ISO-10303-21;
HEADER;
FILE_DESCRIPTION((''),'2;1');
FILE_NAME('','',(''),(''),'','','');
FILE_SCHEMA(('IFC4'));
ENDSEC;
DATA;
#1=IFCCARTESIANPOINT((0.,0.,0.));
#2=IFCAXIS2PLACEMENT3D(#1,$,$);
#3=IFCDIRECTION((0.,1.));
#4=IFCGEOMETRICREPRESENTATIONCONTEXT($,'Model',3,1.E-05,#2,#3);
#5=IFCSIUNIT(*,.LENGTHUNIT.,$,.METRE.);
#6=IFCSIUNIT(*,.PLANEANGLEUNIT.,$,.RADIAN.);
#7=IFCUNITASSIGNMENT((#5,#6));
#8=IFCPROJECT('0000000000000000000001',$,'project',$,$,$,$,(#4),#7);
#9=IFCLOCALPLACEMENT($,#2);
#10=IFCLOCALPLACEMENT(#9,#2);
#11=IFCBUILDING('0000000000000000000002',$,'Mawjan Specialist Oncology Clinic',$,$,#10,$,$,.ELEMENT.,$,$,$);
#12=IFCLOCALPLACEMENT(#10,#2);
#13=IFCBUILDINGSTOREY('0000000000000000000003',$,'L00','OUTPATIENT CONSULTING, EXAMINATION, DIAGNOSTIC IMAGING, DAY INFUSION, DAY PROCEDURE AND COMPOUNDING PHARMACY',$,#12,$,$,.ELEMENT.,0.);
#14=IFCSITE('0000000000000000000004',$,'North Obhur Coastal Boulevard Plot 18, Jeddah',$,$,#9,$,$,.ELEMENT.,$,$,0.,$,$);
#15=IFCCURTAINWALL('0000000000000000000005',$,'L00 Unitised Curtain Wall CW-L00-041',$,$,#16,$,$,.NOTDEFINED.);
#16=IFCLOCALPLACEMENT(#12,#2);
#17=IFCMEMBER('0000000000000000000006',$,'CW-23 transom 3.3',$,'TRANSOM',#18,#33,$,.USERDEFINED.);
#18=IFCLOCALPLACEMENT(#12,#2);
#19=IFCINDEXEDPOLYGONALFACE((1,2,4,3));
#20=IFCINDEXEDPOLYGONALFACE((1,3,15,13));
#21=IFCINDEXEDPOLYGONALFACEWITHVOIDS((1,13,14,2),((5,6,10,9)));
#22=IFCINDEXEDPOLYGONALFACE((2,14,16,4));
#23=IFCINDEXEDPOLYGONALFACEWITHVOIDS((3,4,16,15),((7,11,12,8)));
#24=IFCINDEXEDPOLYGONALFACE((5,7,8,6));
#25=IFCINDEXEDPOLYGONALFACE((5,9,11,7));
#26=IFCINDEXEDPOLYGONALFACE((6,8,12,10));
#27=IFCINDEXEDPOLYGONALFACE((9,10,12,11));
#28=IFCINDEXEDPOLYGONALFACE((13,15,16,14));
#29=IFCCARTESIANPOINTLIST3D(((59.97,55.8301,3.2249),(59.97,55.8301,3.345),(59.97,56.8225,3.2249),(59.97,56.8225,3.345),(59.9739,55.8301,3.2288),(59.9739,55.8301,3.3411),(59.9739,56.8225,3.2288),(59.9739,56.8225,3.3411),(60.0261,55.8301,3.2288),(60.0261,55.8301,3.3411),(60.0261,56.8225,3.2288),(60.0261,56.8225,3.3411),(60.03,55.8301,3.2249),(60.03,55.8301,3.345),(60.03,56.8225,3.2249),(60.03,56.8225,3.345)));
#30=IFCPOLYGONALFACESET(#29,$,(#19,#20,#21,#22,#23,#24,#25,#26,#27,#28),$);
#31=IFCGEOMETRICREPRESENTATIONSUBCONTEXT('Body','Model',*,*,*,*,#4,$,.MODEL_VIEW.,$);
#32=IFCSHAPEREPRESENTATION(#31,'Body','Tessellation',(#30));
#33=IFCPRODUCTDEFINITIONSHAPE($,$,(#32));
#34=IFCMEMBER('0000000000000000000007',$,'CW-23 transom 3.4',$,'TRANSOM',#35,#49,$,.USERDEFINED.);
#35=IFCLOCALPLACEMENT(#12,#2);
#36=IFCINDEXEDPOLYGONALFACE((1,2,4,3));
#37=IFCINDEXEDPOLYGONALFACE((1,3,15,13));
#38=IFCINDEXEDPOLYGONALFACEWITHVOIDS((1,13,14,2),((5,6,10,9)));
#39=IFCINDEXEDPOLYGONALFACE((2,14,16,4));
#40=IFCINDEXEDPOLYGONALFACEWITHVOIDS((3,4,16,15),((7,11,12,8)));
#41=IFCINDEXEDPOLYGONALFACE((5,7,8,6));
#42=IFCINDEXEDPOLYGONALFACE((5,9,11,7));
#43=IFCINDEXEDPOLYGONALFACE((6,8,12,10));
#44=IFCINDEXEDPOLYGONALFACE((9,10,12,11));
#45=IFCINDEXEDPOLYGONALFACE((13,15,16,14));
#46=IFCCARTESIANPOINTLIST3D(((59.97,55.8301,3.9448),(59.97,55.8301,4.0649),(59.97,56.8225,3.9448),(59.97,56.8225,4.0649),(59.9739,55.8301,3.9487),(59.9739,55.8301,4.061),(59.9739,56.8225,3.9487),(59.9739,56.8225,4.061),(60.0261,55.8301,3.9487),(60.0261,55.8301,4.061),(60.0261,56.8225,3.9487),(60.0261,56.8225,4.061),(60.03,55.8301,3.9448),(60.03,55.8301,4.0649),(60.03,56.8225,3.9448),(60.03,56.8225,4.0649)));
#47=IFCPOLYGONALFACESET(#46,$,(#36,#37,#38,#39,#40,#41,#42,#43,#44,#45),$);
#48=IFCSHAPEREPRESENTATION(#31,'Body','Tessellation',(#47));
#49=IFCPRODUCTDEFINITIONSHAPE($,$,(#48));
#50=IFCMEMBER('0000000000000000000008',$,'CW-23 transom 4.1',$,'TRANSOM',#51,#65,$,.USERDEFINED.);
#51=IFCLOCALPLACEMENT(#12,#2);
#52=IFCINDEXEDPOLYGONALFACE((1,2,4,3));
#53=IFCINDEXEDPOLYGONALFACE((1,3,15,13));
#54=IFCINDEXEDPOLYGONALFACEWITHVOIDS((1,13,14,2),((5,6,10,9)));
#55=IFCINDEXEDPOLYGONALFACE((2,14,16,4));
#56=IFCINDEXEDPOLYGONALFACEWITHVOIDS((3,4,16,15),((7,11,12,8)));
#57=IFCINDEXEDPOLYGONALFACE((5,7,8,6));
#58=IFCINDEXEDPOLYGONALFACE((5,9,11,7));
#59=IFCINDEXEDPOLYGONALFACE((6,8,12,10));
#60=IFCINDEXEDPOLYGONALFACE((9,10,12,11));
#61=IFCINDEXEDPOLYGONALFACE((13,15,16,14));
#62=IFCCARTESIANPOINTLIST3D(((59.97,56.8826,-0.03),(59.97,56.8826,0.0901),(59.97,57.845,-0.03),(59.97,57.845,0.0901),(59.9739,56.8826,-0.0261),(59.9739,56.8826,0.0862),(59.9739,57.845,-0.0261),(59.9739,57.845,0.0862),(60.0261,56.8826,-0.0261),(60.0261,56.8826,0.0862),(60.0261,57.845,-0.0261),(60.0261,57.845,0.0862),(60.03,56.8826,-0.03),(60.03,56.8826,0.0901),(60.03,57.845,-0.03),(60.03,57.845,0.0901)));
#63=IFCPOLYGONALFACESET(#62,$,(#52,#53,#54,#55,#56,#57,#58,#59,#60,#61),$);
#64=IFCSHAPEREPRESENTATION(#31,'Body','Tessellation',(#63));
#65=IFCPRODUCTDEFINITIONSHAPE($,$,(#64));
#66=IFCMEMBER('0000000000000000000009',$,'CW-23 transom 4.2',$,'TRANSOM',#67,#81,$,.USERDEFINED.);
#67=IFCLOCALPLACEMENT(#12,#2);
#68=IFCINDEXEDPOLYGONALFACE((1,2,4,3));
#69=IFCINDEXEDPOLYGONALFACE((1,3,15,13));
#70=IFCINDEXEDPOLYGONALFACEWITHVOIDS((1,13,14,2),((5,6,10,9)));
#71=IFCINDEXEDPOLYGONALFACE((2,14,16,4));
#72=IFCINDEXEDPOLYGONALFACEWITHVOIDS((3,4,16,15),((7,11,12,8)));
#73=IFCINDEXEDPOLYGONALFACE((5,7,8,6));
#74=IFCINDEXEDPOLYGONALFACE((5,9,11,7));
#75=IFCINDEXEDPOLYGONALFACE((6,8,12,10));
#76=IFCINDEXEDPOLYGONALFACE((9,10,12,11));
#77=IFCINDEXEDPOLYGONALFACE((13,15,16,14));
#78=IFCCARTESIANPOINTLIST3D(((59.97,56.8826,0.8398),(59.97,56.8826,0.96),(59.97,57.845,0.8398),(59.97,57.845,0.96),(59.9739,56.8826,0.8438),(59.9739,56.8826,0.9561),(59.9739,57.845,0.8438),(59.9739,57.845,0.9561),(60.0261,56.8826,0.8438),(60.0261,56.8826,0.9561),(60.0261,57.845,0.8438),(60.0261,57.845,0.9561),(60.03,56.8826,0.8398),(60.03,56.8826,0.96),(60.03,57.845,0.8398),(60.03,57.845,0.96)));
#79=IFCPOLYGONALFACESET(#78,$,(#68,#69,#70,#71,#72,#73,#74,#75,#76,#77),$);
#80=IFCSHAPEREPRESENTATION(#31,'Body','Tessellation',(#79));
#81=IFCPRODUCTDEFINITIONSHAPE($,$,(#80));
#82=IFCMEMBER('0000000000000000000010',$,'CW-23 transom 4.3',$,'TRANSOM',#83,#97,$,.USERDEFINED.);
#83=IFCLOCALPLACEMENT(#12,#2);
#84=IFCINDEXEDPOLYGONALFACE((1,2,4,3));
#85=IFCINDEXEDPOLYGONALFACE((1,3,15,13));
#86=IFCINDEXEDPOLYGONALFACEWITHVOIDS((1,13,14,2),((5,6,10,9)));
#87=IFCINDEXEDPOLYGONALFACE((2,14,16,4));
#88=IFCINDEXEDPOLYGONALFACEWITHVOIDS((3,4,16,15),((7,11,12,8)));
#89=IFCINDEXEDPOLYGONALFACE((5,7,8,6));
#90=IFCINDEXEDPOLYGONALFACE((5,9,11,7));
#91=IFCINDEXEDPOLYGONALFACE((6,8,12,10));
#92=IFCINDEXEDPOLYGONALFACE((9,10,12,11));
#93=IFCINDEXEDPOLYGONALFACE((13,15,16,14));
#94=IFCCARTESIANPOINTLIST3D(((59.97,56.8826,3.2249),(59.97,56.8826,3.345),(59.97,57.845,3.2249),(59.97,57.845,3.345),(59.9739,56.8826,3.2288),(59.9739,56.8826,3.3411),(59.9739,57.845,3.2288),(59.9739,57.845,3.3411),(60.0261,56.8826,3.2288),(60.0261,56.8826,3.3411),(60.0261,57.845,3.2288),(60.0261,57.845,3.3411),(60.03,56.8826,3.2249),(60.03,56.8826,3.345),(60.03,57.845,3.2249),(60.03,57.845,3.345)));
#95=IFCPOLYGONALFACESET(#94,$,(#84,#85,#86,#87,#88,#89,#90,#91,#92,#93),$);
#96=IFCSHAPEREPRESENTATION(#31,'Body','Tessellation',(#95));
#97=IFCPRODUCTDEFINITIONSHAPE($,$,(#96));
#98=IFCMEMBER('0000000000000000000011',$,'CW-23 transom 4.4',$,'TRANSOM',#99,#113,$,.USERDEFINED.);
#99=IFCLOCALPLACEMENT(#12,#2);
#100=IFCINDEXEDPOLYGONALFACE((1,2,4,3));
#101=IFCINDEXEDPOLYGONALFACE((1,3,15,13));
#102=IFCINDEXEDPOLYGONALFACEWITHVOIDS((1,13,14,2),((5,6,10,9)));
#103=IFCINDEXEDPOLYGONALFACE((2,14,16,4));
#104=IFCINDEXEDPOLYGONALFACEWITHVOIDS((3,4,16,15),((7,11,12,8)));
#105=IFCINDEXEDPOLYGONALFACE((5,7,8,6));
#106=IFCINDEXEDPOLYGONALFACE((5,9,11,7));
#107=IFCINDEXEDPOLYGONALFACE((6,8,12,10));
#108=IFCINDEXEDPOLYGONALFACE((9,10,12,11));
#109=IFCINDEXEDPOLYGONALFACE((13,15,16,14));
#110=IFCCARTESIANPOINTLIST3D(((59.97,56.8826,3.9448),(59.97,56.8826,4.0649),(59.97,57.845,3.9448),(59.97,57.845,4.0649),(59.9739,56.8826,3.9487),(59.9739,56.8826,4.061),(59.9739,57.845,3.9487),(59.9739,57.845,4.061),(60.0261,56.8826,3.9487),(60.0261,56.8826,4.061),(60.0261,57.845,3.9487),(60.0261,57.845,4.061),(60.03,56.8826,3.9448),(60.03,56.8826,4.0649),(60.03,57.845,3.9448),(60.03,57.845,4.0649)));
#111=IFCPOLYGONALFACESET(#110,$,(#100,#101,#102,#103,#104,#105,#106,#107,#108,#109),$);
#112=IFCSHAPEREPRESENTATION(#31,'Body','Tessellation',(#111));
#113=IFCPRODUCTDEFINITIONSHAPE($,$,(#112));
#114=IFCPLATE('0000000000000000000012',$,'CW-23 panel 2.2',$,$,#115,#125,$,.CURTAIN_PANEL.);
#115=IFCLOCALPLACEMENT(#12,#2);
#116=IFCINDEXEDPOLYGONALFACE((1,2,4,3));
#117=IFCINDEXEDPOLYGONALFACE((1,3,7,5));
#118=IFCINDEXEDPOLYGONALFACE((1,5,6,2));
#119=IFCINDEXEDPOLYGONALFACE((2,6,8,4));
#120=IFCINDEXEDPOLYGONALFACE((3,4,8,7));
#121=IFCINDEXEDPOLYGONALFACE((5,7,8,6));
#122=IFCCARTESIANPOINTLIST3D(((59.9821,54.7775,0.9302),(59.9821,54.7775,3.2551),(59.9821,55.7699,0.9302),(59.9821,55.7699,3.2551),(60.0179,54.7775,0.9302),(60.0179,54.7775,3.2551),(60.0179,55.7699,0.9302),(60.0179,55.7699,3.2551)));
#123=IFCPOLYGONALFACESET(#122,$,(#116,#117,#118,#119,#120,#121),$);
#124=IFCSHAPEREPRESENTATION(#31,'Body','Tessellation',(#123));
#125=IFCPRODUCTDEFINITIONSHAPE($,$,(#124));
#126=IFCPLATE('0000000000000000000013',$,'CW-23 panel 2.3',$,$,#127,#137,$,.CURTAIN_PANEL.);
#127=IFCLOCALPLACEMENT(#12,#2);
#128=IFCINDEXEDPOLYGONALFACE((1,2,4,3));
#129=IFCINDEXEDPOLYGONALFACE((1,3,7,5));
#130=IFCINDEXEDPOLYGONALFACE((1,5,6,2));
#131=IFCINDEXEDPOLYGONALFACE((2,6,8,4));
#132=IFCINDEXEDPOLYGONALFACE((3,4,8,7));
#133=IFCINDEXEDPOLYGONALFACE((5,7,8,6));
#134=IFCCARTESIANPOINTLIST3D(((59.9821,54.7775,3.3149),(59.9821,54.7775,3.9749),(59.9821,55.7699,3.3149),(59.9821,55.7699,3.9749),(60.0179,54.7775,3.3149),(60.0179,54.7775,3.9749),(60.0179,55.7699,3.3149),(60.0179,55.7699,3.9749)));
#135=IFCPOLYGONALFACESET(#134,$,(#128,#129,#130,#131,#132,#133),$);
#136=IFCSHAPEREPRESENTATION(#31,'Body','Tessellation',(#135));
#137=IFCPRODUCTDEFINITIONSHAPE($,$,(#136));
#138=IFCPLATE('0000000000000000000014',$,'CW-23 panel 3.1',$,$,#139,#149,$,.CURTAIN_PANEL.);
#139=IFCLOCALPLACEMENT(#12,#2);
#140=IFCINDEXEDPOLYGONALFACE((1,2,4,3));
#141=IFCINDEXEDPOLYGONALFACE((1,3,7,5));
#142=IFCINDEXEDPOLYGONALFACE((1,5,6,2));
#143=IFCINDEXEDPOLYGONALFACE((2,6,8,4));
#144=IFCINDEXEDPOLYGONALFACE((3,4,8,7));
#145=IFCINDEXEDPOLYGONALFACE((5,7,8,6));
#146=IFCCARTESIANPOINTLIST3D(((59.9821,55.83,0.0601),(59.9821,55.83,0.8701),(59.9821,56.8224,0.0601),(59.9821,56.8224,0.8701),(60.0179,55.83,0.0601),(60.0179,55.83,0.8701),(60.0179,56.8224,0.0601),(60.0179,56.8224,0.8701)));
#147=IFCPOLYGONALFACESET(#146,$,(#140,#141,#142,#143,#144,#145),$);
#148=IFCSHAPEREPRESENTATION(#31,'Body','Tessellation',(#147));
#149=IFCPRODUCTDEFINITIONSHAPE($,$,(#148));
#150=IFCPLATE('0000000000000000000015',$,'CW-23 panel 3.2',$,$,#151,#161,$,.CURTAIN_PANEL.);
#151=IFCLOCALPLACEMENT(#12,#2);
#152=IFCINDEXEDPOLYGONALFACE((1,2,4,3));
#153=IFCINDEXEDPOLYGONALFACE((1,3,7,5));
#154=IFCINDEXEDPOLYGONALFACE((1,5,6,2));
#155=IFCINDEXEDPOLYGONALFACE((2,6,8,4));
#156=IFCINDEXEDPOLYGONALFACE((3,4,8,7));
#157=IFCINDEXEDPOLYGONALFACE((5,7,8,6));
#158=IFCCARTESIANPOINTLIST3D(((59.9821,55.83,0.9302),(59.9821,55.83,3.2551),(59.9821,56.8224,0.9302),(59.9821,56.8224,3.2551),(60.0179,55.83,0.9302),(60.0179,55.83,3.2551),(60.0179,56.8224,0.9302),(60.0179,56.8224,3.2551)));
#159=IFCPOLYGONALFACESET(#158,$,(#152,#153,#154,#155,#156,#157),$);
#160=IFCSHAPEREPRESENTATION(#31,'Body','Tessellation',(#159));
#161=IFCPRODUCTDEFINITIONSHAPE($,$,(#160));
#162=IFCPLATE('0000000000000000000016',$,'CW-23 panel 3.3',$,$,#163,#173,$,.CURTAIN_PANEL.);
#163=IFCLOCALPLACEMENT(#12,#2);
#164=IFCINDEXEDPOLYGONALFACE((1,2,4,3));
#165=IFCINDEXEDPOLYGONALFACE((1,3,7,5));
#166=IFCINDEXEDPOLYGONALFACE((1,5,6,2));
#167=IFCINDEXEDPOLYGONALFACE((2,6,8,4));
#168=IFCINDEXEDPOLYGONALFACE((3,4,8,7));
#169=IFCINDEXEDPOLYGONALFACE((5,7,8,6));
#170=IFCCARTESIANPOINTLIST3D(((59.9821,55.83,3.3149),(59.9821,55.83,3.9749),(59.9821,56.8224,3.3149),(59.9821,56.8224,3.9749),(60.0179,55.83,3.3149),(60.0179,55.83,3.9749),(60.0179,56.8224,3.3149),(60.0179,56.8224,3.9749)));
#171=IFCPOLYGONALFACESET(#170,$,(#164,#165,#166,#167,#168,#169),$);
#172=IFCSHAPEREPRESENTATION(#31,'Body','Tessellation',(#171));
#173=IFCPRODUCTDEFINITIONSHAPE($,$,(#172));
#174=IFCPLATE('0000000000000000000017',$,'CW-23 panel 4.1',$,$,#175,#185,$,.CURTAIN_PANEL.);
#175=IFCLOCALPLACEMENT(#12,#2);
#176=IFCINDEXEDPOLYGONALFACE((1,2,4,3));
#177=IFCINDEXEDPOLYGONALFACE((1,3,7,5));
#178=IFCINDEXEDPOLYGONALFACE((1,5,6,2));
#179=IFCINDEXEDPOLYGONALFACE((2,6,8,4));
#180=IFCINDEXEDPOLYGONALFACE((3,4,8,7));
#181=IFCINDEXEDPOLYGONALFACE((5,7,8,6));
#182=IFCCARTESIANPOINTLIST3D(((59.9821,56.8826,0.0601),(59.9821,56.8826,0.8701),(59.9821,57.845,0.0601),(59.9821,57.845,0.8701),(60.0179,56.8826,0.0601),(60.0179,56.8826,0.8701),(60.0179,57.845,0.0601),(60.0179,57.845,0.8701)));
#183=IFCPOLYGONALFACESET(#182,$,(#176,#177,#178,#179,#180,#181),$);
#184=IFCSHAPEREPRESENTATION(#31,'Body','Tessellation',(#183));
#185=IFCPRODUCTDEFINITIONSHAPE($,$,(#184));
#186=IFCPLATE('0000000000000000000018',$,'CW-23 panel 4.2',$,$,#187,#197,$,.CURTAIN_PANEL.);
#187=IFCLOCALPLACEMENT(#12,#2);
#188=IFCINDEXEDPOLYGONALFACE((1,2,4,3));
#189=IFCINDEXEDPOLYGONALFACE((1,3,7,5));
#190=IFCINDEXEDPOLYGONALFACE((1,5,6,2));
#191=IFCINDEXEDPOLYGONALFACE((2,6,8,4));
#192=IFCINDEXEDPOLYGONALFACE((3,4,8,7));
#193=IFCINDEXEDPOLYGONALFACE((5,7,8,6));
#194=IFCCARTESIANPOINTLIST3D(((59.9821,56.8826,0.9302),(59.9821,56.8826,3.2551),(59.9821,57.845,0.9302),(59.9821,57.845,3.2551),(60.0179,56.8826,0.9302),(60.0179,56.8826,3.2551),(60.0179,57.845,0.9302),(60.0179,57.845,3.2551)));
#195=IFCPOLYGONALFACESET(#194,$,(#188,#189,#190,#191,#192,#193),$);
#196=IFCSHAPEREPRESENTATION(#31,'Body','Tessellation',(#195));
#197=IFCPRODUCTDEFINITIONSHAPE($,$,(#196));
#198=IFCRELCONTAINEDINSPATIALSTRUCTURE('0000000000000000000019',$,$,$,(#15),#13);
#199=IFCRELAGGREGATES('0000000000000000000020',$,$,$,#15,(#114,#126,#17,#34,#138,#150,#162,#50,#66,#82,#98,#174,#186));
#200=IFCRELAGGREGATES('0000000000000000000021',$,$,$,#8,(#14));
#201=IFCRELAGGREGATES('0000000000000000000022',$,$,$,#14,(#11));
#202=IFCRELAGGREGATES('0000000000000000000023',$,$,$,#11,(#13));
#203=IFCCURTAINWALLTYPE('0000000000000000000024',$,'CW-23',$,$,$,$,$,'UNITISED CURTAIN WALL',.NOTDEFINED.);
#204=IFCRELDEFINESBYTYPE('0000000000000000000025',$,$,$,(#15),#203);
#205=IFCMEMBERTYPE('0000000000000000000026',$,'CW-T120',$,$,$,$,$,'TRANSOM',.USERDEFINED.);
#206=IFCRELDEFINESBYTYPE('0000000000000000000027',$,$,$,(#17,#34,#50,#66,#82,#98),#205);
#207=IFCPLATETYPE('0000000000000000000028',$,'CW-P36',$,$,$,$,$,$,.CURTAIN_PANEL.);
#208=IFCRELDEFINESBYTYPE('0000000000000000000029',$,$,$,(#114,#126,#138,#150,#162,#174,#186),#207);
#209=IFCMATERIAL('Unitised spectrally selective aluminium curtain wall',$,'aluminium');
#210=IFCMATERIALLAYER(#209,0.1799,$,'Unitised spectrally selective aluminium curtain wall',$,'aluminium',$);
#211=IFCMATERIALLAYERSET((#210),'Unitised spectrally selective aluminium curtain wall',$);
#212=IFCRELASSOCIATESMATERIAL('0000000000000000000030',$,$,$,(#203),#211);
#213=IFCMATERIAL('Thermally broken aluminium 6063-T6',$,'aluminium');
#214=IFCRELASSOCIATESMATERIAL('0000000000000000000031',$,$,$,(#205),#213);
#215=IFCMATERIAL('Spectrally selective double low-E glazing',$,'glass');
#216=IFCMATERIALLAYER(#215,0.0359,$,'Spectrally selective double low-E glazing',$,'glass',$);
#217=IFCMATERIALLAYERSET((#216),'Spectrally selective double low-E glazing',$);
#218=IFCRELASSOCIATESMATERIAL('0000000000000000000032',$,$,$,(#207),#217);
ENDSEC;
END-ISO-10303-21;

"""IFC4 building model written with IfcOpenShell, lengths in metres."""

from ifc_helpers import new_model, si_unit, direction, frame, origin, origin_2d, place, context, subcontext, project, spatial, rectangle, hollow_rectangle, extrude, material, layer, layer_set, material_profile, profile_set, type_object, element, aggregate, save


model = new_model("IFC4")

# Units and contexts
model_context = context("Model", 3, precision=1e-05, world=origin(), true_north=direction((0.0, 1.0)))
body_context = subcontext(model_context, "Body", "Model", "MODEL_VIEW")
ifc_project = project(units=[si_unit("LENGTHUNIT", "METRE"), si_unit("PLANEANGLEUNIT", "RADIAN")], contexts=[model_context])

# Site, building, storey
site_placement = place(None, origin())
site = spatial("IfcSite", under=ifc_project, at=site_placement, Name="North Obhur Coastal Boulevard Plot 18, Jeddah", CompositionType="ELEMENT", RefElevation=0.0)
building_placement = place(site_placement, origin())
building = spatial("IfcBuilding", under=site, at=building_placement, Name="Mawjan Specialist Oncology Clinic", CompositionType="ELEMENT")
storey_placement = place(building_placement, origin())
storey = spatial("IfcBuildingStorey", under=building, at=storey_placement, Name="L00", Description="OUTPATIENT CONSULTING, EXAMINATION, DIAGNOSTIC IMAGING, DAY INFUSION, DAY PROCEDURE AND COMPOUNDING PHARMACY", CompositionType="ELEMENT", Elevation=0.0)

# Curtain wall, members, plates
ifc_material_1 = material(Name="Unitised spectrally selective aluminium curtain wall", Category="aluminium")
ifc_layer_1 = layer(ifc_material_1, 0.1799, Name="Unitised spectrally selective aluminium curtain wall", Category="aluminium")
ifc_layer_set_1 = layer_set([ifc_layer_1], Name="Unitised spectrally selective aluminium curtain wall")
curtain_wall_type = type_object("IfcCurtainWallType", Name="CW-23", ElementType="UNITISED CURTAIN WALL", PredefinedType="NOTDEFINED", material=ifc_layer_set_1)
curtain_wall_placement = place(storey_placement, origin())
curtain_wall = element("IfcCurtainWall", 1, at=curtain_wall_placement, inside=storey, type_object=curtain_wall_type, Name="L00 Unitised Curtain Wall CW-L00-041", PredefinedType="NOTDEFINED")
ifc_material_2 = material(Name="Thermally broken aluminium 6063-T6", Category="aluminium")
ifc_material_profile_1 = material_profile(ifc_material_2, hollow_rectangle(XDim=0.0601, YDim=0.1201, WallThickness=0.0039, at=origin_2d()), Name="ALU TRANSOM 120x60x4", Category="aluminium")
ifc_profile_set_1 = profile_set([ifc_material_profile_1], Name="Thermally broken aluminium 6063-T6")
member_type_1 = type_object("IfcMemberType", Name="CW-T120", ElementType="TRANSOM", PredefinedType="USERDEFINED", material=ifc_profile_set_1)
member_1_placement = place(storey_placement, frame((60.0, 55.8301, 3.2849), z_axis=(0.0, 1.0, 0.0), x_axis=(-1.0, 0.0, 0.0)))
member_1 = element("IfcMember", 2, at=member_1_placement, type_object=member_type_1, Name="CW-23 transom 3.3", ObjectType="TRANSOM", PredefinedType="USERDEFINED", context=body_context, shape_type="SweptSolid", body=[
    extrude(hollow_rectangle(XDim=0.0601, YDim=0.1201, WallThickness=0.0039, at=origin_2d()), origin(), (0.0, 0.0, 1.0), 0.9924),
])
member_2_placement = place(storey_placement, frame((60.0, 55.8301, 4.0049), z_axis=(0.0, 1.0, 0.0), x_axis=(-1.0, 0.0, 0.0)))
member_2 = element("IfcMember", 3, at=member_2_placement, type_object=member_type_1, Name="CW-23 transom 3.4", ObjectType="TRANSOM", PredefinedType="USERDEFINED", context=body_context, shape_type="SweptSolid", body=[
    extrude(hollow_rectangle(XDim=0.0601, YDim=0.1201, WallThickness=0.0039, at=origin_2d()), origin(), (0.0, 0.0, 1.0), 0.9924),
])
member_3_placement = place(storey_placement, frame((60.0, 56.8826, 0.03), z_axis=(0.0, 1.0, 0.0), x_axis=(-1.0, 0.0, 0.0)))
member_3 = element("IfcMember", 4, at=member_3_placement, type_object=member_type_1, Name="CW-23 transom 4.1", ObjectType="TRANSOM", PredefinedType="USERDEFINED", context=body_context, shape_type="SweptSolid", body=[
    extrude(hollow_rectangle(XDim=0.0601, YDim=0.1201, WallThickness=0.0039, at=origin_2d()), origin(), (0.0, 0.0, 1.0), 0.9624),
])
member_4_placement = place(storey_placement, frame((60.0, 56.8826, 0.8999), z_axis=(0.0, 1.0, 0.0), x_axis=(-1.0, 0.0, 0.0)))
member_4 = element("IfcMember", 5, at=member_4_placement, type_object=member_type_1, Name="CW-23 transom 4.2", ObjectType="TRANSOM", PredefinedType="USERDEFINED", context=body_context, shape_type="SweptSolid", body=[
    extrude(hollow_rectangle(XDim=0.0601, YDim=0.1201, WallThickness=0.0039, at=origin_2d()), origin(), (0.0, 0.0, 1.0), 0.9624),
])
member_5_placement = place(storey_placement, frame((60.0, 56.8826, 3.2849), z_axis=(0.0, 1.0, 0.0), x_axis=(-1.0, 0.0, 0.0)))
member_5 = element("IfcMember", 6, at=member_5_placement, type_object=member_type_1, Name="CW-23 transom 4.3", ObjectType="TRANSOM", PredefinedType="USERDEFINED", context=body_context, shape_type="SweptSolid", body=[
    extrude(hollow_rectangle(XDim=0.0601, YDim=0.1201, WallThickness=0.0039, at=origin_2d()), origin(), (0.0, 0.0, 1.0), 0.9624),
])
member_6_placement = place(storey_placement, frame((60.0, 56.8826, 4.0049), z_axis=(0.0, 1.0, 0.0), x_axis=(-1.0, 0.0, 0.0)))
member_6 = element("IfcMember", 7, at=member_6_placement, type_object=member_type_1, Name="CW-23 transom 4.4", ObjectType="TRANSOM", PredefinedType="USERDEFINED", context=body_context, shape_type="SweptSolid", body=[
    extrude(hollow_rectangle(XDim=0.0601, YDim=0.1201, WallThickness=0.0039, at=origin_2d()), origin(), (0.0, 0.0, 1.0), 0.9624),
])
ifc_material_3 = material(Name="Spectrally selective double low-E glazing", Category="glass")
ifc_layer_2 = layer(ifc_material_3, 0.0359, Name="Spectrally selective double low-E glazing", Category="glass")
ifc_layer_set_2 = layer_set([ifc_layer_2], Name="Spectrally selective double low-E glazing")
plate_type = type_object("IfcPlateType", Name="CW-P36", PredefinedType="CURTAIN_PANEL", material=ifc_layer_set_2)
plate_1_placement = place(storey_placement, frame((60.0, 55.2737, 0.9302), z_axis=(0.0, 0.0, 1.0), x_axis=(0.0, 1.0, 0.0)))
plate_1 = element("IfcPlate", 8, at=plate_1_placement, type_object=plate_type, Name="CW-23 panel 2.2", PredefinedType="CURTAIN_PANEL", context=body_context, shape_type="SweptSolid", body=[
    extrude(rectangle(XDim=0.9924, YDim=0.0359, at=origin_2d()), origin(), (0.0, 0.0, 1.0), 2.325),
])
plate_2_placement = place(storey_placement, frame((60.0, 55.2737, 3.3149), z_axis=(0.0, 0.0, 1.0), x_axis=(0.0, 1.0, 0.0)))
plate_2 = element("IfcPlate", 9, at=plate_2_placement, type_object=plate_type, Name="CW-23 panel 2.3", PredefinedType="CURTAIN_PANEL", context=body_context, shape_type="SweptSolid", body=[
    extrude(rectangle(XDim=0.9924, YDim=0.0359, at=origin_2d()), origin(), (0.0, 0.0, 1.0), 0.6599),
])
plate_3_placement = place(storey_placement, frame((60.0, 56.3262, 0.0601), z_axis=(0.0, 0.0, 1.0), x_axis=(0.0, 1.0, 0.0)))
plate_3 = element("IfcPlate", 10, at=plate_3_placement, type_object=plate_type, Name="CW-23 panel 3.1", PredefinedType="CURTAIN_PANEL", context=body_context, shape_type="SweptSolid", body=[
    extrude(rectangle(XDim=0.9924, YDim=0.0359, at=origin_2d()), origin(), (0.0, 0.0, 1.0), 0.8101),
])
plate_4_placement = place(storey_placement, frame((60.0, 56.3262, 0.9302), z_axis=(0.0, 0.0, 1.0), x_axis=(0.0, 1.0, 0.0)))
plate_4 = element("IfcPlate", 11, at=plate_4_placement, type_object=plate_type, Name="CW-23 panel 3.2", PredefinedType="CURTAIN_PANEL", context=body_context, shape_type="SweptSolid", body=[
    extrude(rectangle(XDim=0.9924, YDim=0.0359, at=origin_2d()), origin(), (0.0, 0.0, 1.0), 2.325),
])
plate_5_placement = place(storey_placement, frame((60.0, 56.3262, 3.3149), z_axis=(0.0, 0.0, 1.0), x_axis=(0.0, 1.0, 0.0)))
plate_5 = element("IfcPlate", 12, at=plate_5_placement, type_object=plate_type, Name="CW-23 panel 3.3", PredefinedType="CURTAIN_PANEL", context=body_context, shape_type="SweptSolid", body=[
    extrude(rectangle(XDim=0.9924, YDim=0.0359, at=origin_2d()), origin(), (0.0, 0.0, 1.0), 0.6599),
])
plate_6_placement = place(storey_placement, frame((60.0, 57.3638, 0.0601), z_axis=(0.0, 0.0, 1.0), x_axis=(0.0, 1.0, 0.0)))
plate_6 = element("IfcPlate", 13, at=plate_6_placement, type_object=plate_type, Name="CW-23 panel 4.1", PredefinedType="CURTAIN_PANEL", context=body_context, shape_type="SweptSolid", body=[
    extrude(rectangle(XDim=0.9624, YDim=0.0359, at=origin_2d()), origin(), (0.0, 0.0, 1.0), 0.8101),
])
plate_7_placement = place(storey_placement, frame((60.0, 57.3638, 0.9302), z_axis=(0.0, 0.0, 1.0), x_axis=(0.0, 1.0, 0.0)))
plate_7 = element("IfcPlate", 14, at=plate_7_placement, type_object=plate_type, Name="CW-23 panel 4.2", PredefinedType="CURTAIN_PANEL", context=body_context, shape_type="SweptSolid", body=[
    extrude(rectangle(XDim=0.9624, YDim=0.0359, at=origin_2d()), origin(), (0.0, 0.0, 1.0), 2.325),
])
aggregate(curtain_wall, [plate_1, plate_2, member_1, member_2, plate_3, plate_4, plate_5, member_3, member_4, member_5, member_6, plate_6, plate_7])

save(model, "model.ifc")
